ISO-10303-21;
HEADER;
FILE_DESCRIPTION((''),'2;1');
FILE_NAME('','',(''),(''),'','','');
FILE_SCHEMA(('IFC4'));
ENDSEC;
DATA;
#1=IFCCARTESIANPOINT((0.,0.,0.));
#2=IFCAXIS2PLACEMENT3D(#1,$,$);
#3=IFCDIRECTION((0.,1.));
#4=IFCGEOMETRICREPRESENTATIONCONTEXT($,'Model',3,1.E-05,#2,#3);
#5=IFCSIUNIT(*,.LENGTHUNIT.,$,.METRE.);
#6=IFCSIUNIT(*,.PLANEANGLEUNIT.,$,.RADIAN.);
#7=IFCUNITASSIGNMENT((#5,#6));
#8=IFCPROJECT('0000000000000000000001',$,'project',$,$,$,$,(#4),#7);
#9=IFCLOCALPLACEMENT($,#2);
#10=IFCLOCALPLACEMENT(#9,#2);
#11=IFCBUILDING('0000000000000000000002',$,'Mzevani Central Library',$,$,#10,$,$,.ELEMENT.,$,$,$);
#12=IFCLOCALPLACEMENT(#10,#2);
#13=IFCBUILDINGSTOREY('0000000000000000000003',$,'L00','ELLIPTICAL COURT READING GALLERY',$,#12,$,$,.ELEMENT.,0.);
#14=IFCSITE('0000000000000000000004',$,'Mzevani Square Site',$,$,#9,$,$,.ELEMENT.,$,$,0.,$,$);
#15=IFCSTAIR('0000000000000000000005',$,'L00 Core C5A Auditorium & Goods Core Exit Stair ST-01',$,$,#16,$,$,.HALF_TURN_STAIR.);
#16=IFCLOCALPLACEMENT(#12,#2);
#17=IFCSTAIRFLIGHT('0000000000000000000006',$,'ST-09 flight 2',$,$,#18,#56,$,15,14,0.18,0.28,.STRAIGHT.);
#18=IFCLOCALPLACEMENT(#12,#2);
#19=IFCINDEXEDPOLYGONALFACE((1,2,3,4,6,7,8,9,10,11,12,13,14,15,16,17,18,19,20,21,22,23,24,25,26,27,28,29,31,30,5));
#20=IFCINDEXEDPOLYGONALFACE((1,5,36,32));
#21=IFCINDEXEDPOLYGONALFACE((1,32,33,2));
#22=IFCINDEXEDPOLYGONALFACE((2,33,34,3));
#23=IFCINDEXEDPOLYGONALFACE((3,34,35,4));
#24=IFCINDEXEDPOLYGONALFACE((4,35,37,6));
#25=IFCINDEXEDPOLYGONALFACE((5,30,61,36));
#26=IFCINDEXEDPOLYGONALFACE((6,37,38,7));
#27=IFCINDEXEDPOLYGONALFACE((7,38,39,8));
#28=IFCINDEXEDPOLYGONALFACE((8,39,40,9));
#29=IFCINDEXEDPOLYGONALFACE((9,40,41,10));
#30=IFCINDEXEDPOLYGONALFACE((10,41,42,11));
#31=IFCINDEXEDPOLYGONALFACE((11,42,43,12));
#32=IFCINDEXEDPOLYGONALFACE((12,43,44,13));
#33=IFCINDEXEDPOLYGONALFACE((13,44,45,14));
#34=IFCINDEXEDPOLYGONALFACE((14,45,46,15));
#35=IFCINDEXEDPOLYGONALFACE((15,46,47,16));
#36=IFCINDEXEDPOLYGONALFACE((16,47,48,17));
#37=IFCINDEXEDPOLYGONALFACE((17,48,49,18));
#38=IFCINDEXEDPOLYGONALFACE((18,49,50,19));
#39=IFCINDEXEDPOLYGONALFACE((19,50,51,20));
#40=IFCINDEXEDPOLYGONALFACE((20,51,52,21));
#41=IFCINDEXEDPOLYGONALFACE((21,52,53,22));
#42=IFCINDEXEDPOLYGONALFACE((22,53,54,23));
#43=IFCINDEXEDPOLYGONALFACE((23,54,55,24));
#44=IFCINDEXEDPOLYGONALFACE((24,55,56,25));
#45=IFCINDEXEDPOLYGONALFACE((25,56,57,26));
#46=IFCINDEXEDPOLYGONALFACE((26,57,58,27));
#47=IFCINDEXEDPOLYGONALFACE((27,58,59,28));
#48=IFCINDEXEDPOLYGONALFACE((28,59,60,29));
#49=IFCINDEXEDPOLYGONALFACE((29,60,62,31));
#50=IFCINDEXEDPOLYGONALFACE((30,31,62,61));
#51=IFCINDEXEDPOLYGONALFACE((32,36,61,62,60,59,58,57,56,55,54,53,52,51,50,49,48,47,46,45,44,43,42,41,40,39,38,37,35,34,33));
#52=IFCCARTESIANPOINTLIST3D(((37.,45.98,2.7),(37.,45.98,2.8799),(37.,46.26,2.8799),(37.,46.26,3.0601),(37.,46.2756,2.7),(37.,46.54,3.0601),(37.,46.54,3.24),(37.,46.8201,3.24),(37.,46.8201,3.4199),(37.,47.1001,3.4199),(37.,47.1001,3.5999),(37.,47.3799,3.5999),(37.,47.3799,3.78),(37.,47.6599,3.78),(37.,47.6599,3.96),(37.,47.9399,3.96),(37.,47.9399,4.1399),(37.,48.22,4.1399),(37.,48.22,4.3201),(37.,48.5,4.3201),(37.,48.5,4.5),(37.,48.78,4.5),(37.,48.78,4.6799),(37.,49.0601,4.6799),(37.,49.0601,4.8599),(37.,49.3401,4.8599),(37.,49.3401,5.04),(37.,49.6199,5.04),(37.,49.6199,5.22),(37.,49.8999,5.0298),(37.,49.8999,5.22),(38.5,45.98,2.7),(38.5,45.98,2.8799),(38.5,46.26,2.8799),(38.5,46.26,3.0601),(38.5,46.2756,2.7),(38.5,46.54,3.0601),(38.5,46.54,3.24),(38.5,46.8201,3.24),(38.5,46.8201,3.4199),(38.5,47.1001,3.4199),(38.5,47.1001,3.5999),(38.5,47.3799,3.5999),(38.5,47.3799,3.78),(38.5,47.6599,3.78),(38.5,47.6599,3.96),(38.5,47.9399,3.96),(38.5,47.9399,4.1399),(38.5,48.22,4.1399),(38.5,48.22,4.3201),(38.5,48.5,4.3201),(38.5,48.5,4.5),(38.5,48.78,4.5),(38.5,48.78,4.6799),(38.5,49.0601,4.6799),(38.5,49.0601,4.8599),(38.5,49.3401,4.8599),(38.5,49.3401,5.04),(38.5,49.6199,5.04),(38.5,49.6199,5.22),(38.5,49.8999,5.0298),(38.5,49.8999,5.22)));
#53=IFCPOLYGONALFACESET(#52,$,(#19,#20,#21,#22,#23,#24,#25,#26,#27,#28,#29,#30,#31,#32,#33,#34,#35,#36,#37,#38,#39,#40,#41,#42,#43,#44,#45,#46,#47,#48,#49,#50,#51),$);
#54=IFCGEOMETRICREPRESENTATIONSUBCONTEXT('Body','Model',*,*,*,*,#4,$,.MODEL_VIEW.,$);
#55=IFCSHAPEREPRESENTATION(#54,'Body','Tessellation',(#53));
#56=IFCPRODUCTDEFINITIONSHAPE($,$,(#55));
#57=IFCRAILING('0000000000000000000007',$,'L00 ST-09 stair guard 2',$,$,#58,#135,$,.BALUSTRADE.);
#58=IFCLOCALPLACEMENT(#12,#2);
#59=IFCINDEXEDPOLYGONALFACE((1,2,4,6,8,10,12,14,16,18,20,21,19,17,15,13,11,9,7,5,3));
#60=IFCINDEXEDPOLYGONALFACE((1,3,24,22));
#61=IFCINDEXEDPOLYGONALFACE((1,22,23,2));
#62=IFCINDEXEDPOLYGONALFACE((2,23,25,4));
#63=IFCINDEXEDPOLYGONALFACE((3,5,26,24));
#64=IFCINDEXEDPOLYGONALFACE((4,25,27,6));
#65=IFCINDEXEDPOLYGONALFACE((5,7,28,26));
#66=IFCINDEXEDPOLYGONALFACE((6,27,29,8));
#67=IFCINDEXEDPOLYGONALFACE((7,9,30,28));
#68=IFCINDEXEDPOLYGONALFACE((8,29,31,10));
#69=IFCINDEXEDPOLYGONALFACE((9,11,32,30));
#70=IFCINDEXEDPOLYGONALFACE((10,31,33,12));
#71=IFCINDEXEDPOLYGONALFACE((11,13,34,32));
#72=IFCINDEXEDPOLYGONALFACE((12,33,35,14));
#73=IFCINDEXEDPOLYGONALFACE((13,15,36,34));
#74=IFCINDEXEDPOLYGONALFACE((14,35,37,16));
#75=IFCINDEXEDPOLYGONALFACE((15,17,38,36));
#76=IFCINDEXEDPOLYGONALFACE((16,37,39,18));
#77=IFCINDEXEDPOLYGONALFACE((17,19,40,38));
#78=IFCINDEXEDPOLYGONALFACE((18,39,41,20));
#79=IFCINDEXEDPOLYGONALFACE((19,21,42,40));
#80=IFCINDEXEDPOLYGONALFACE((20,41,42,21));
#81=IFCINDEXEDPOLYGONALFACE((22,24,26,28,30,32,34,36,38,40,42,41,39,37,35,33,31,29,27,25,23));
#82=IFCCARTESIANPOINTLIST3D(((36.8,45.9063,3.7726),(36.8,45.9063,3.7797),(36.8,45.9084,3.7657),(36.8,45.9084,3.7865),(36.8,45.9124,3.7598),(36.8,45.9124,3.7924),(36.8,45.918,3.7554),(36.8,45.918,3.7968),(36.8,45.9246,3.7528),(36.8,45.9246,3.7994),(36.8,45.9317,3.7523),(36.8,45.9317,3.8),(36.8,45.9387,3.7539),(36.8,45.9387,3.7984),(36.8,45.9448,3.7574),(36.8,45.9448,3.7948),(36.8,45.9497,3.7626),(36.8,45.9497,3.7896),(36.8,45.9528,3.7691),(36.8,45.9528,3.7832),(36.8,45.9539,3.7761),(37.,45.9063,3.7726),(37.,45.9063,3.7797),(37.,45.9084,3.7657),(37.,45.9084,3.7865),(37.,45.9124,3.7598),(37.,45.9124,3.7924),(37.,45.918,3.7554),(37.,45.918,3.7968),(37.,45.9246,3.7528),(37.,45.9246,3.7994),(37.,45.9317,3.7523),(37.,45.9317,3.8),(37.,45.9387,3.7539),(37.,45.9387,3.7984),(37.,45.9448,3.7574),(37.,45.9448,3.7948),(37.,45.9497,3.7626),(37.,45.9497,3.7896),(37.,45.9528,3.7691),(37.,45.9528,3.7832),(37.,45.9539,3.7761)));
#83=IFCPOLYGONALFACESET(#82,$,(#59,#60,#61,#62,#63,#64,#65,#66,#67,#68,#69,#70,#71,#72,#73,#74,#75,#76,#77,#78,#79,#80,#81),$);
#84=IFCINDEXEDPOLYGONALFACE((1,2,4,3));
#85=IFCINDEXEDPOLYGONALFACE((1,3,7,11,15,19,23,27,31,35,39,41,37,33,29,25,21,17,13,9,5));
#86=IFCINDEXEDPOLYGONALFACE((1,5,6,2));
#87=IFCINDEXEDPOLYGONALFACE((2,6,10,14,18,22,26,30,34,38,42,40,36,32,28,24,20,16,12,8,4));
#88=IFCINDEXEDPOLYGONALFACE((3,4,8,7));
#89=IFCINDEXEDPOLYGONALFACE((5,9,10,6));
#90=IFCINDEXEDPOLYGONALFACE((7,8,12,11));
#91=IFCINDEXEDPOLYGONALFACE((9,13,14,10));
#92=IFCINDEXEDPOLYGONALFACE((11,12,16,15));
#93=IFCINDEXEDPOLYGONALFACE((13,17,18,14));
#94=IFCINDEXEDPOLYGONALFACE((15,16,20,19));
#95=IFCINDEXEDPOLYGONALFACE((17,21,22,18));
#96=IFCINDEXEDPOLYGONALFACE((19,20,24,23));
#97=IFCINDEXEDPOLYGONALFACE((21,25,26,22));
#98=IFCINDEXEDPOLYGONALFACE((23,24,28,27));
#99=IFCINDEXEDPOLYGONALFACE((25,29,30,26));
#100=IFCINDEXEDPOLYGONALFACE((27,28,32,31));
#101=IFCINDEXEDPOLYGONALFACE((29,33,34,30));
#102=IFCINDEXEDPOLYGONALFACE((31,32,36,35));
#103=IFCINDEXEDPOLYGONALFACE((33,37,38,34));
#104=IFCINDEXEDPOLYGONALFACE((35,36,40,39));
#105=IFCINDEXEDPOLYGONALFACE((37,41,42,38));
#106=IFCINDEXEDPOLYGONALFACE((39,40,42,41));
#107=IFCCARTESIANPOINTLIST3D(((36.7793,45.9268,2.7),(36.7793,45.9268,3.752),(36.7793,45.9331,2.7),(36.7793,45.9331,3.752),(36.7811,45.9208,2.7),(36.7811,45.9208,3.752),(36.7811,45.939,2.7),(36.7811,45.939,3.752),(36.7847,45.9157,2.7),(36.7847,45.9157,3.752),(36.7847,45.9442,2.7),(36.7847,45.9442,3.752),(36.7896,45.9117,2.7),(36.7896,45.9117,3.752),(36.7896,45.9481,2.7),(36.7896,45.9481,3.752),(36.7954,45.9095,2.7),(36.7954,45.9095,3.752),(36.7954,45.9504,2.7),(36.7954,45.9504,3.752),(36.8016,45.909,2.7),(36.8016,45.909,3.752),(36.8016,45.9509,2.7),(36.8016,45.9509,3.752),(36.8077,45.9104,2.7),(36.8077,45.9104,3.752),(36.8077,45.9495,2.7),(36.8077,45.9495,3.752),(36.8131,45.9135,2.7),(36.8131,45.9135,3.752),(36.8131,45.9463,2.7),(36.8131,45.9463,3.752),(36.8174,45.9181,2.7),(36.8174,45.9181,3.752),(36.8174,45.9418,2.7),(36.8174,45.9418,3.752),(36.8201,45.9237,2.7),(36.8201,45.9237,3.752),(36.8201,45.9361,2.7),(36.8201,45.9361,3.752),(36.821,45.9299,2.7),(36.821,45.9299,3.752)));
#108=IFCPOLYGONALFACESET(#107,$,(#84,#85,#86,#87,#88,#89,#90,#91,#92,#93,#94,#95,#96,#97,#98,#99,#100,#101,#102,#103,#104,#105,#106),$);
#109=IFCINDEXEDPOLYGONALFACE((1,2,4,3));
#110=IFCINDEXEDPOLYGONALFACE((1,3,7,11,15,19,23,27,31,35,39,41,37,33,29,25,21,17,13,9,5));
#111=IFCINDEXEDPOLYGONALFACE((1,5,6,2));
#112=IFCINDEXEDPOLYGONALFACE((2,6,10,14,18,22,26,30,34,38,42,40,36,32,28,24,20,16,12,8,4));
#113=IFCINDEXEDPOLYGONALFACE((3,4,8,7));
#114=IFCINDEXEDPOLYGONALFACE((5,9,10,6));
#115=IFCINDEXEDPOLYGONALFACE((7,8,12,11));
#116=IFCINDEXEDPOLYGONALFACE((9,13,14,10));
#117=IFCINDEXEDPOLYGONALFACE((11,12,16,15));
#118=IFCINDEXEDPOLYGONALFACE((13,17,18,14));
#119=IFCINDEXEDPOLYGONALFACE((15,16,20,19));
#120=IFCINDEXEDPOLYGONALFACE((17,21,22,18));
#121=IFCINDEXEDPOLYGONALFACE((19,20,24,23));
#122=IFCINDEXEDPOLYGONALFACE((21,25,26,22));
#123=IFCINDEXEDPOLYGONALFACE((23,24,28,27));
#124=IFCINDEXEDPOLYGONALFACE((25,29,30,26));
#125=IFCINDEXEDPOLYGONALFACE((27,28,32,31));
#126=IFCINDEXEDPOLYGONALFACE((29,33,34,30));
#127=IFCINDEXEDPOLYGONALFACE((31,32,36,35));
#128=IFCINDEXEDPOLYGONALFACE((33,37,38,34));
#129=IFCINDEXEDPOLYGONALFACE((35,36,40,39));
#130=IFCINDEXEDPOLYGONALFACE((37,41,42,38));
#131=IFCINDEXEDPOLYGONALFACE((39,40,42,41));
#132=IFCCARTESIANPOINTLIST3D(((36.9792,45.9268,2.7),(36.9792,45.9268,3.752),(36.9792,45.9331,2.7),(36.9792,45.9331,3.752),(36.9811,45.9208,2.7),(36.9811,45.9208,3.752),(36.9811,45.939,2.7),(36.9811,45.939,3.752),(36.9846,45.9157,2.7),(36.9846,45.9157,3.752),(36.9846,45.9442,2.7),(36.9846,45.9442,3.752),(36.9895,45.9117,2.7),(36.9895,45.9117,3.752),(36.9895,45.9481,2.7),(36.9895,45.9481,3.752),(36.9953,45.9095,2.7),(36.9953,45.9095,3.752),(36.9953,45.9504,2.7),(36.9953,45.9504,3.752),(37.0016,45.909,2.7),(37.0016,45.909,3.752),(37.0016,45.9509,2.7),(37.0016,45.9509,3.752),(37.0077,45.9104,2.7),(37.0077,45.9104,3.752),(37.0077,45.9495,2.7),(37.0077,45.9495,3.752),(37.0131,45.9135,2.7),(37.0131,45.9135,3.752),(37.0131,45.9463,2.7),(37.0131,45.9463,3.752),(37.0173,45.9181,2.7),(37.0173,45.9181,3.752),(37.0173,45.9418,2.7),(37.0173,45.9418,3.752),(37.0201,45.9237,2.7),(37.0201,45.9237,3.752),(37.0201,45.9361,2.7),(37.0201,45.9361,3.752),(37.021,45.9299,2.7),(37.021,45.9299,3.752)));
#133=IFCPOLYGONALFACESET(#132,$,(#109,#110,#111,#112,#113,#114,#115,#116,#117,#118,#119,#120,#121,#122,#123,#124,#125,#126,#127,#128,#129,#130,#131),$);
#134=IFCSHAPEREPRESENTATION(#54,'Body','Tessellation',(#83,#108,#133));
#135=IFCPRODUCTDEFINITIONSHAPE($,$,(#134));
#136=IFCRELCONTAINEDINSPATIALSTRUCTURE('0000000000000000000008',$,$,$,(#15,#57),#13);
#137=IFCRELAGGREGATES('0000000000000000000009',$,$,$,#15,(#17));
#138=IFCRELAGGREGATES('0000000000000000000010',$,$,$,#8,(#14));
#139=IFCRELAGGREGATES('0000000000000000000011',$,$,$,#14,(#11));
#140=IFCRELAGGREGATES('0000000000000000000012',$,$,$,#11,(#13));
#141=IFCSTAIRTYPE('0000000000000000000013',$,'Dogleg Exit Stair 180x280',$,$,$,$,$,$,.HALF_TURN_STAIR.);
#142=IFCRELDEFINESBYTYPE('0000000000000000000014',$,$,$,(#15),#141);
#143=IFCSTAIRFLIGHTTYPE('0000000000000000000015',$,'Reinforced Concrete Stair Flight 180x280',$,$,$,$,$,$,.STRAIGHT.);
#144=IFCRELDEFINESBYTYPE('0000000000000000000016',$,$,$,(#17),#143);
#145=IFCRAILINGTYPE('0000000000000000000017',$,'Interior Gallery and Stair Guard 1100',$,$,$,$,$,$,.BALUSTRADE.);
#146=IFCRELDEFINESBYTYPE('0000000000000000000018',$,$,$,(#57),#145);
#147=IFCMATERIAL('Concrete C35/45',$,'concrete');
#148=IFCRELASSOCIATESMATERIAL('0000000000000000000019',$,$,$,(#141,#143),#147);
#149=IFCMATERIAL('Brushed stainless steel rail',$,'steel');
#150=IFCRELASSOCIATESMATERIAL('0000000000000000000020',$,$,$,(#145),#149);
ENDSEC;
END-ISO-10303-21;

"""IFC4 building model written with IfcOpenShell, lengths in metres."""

from ifc_helpers import new_model, si_unit, direction, frame, origin, origin_2d, place, context, subcontext, project, spatial, polyline, circle, outline, extrude, material, type_object, element, aggregate, save


model = new_model("IFC4")

# Units and contexts
model_context = context("Model", 3, precision=1e-05, world=origin(), true_north=direction((0.0, 1.0)))
body_context = subcontext(model_context, "Body", "Model", "MODEL_VIEW")
ifc_project = project(units=[si_unit("LENGTHUNIT", "METRE"), si_unit("PLANEANGLEUNIT", "RADIAN")], contexts=[model_context])

# Site, building, storey
site_placement = place(None, origin())
site = spatial("IfcSite", under=ifc_project, at=site_placement, Name="Mzevani Square Site", CompositionType="ELEMENT", RefElevation=0.0)
building_placement = place(site_placement, origin())
building = spatial("IfcBuilding", under=site, at=building_placement, Name="Mzevani Central Library", CompositionType="ELEMENT")
storey_placement = place(building_placement, origin())
storey = spatial("IfcBuildingStorey", under=building, at=storey_placement, Name="L00", Description="ELLIPTICAL COURT READING GALLERY", CompositionType="ELEMENT", Elevation=0.0)

# Shared definitions
ifc_material_1 = material(Name="Concrete C35/45", Category="concrete")

# Stair, stair flight
stair_type = type_object("IfcStairType", Name="Dogleg Exit Stair 180x280", PredefinedType="HALF_TURN_STAIR", material=ifc_material_1)
stair_placement = place(storey_placement, origin())
stair = element("IfcStair", 1, at=stair_placement, inside=storey, type_object=stair_type, Name="L00 Core C5A Auditorium & Goods Core Exit Stair ST-01", PredefinedType="HALF_TURN_STAIR")
stair_flight_type = type_object("IfcStairFlightType", Name="Reinforced Concrete Stair Flight 180x280", PredefinedType="STRAIGHT", material=ifc_material_1)
stair_flight_1_placement = place(storey_placement, frame((37.75, 45.98, 2.7), z_axis=(0.0, 0.0, 1.0), x_axis=(0.0, 1.0, 0.0)))
stair_flight_1 = element("IfcStairFlight", 2, at=stair_flight_1_placement, type_object=stair_flight_type, Name="ST-09 flight 2", NumberOfRisers=15, NumberOfTreads=14, PredefinedType="STRAIGHT", RiserHeight=0.18, TreadLength=0.28, context=body_context, shape_type="SweptSolid", body=[
    extrude(outline(polyline([(0.0, 0.0), (0.0, 0.1799), (0.28, 0.1799), (0.28, 0.3601), (0.5601, 0.3601), (0.5601, 0.54), (0.8401, 0.54), (0.8401, 0.72), (1.1201, 0.72), (1.1201, 0.8999), (1.3999, 0.8999), (1.3999, 1.0801), (1.6799, 1.0801), (1.6799, 1.26), (1.96, 1.26), (1.96, 1.4399), (2.24, 1.4399), (2.24, 1.6201), (2.52, 1.6201), (2.52, 1.8), (2.8, 1.8), (2.8, 1.98), (3.0801, 1.98), (3.0801, 2.1599), (3.3601, 2.1599), (3.3601, 2.3401), (3.6399, 2.3401), (3.6399, 2.52), (3.9199, 2.52), (3.9199, 2.7), (3.9199, 2.3298), (0.2957, 0.0), (0.0, 0.0)])), frame((0.0, 0.75, 0.0), z_axis=(0.0, -1.0, 0.0), x_axis=(1.0, 0.0, 0.0)), (0.0, 0.0, 1.0), 1.5),
])
aggregate(stair, [stair_flight_1])

# Railing
ifc_material_2 = material(Name="Brushed stainless steel rail", Category="steel")
railing_type_1 = type_object("IfcRailingType", Name="Interior Gallery and Stair Guard 1100", PredefinedType="BALUSTRADE", material=ifc_material_2)
railing_1_placement = place(storey_placement, frame((36.8, 45.9299, 2.7)))
element("IfcRailing", 3, at=railing_1_placement, inside=storey, type_object=railing_type_1, Name="L00 ST-09 stair guard 2", PredefinedType="BALUSTRADE", context=body_context, shape_type="SweptSolid", body=[
    extrude(circle(Radius=0.0239, at=origin_2d()), frame((0.0, 0.0, 1.0762), z_axis=(1.0, 0.0, 0.0), x_axis=(0.0, 1.0, 0.0)), (0.0, 0.0, 1.0), 0.2),
    extrude(circle(Radius=0.021, at=origin_2d()), origin(), (0.0, 0.0, 1.0), 1.052),
    extrude(circle(Radius=0.021, at=origin_2d()), frame((0.2, 0.0, 0.0)), (0.0, 0.0, 1.0), 1.052),
])

save(model, "model.ifc")
